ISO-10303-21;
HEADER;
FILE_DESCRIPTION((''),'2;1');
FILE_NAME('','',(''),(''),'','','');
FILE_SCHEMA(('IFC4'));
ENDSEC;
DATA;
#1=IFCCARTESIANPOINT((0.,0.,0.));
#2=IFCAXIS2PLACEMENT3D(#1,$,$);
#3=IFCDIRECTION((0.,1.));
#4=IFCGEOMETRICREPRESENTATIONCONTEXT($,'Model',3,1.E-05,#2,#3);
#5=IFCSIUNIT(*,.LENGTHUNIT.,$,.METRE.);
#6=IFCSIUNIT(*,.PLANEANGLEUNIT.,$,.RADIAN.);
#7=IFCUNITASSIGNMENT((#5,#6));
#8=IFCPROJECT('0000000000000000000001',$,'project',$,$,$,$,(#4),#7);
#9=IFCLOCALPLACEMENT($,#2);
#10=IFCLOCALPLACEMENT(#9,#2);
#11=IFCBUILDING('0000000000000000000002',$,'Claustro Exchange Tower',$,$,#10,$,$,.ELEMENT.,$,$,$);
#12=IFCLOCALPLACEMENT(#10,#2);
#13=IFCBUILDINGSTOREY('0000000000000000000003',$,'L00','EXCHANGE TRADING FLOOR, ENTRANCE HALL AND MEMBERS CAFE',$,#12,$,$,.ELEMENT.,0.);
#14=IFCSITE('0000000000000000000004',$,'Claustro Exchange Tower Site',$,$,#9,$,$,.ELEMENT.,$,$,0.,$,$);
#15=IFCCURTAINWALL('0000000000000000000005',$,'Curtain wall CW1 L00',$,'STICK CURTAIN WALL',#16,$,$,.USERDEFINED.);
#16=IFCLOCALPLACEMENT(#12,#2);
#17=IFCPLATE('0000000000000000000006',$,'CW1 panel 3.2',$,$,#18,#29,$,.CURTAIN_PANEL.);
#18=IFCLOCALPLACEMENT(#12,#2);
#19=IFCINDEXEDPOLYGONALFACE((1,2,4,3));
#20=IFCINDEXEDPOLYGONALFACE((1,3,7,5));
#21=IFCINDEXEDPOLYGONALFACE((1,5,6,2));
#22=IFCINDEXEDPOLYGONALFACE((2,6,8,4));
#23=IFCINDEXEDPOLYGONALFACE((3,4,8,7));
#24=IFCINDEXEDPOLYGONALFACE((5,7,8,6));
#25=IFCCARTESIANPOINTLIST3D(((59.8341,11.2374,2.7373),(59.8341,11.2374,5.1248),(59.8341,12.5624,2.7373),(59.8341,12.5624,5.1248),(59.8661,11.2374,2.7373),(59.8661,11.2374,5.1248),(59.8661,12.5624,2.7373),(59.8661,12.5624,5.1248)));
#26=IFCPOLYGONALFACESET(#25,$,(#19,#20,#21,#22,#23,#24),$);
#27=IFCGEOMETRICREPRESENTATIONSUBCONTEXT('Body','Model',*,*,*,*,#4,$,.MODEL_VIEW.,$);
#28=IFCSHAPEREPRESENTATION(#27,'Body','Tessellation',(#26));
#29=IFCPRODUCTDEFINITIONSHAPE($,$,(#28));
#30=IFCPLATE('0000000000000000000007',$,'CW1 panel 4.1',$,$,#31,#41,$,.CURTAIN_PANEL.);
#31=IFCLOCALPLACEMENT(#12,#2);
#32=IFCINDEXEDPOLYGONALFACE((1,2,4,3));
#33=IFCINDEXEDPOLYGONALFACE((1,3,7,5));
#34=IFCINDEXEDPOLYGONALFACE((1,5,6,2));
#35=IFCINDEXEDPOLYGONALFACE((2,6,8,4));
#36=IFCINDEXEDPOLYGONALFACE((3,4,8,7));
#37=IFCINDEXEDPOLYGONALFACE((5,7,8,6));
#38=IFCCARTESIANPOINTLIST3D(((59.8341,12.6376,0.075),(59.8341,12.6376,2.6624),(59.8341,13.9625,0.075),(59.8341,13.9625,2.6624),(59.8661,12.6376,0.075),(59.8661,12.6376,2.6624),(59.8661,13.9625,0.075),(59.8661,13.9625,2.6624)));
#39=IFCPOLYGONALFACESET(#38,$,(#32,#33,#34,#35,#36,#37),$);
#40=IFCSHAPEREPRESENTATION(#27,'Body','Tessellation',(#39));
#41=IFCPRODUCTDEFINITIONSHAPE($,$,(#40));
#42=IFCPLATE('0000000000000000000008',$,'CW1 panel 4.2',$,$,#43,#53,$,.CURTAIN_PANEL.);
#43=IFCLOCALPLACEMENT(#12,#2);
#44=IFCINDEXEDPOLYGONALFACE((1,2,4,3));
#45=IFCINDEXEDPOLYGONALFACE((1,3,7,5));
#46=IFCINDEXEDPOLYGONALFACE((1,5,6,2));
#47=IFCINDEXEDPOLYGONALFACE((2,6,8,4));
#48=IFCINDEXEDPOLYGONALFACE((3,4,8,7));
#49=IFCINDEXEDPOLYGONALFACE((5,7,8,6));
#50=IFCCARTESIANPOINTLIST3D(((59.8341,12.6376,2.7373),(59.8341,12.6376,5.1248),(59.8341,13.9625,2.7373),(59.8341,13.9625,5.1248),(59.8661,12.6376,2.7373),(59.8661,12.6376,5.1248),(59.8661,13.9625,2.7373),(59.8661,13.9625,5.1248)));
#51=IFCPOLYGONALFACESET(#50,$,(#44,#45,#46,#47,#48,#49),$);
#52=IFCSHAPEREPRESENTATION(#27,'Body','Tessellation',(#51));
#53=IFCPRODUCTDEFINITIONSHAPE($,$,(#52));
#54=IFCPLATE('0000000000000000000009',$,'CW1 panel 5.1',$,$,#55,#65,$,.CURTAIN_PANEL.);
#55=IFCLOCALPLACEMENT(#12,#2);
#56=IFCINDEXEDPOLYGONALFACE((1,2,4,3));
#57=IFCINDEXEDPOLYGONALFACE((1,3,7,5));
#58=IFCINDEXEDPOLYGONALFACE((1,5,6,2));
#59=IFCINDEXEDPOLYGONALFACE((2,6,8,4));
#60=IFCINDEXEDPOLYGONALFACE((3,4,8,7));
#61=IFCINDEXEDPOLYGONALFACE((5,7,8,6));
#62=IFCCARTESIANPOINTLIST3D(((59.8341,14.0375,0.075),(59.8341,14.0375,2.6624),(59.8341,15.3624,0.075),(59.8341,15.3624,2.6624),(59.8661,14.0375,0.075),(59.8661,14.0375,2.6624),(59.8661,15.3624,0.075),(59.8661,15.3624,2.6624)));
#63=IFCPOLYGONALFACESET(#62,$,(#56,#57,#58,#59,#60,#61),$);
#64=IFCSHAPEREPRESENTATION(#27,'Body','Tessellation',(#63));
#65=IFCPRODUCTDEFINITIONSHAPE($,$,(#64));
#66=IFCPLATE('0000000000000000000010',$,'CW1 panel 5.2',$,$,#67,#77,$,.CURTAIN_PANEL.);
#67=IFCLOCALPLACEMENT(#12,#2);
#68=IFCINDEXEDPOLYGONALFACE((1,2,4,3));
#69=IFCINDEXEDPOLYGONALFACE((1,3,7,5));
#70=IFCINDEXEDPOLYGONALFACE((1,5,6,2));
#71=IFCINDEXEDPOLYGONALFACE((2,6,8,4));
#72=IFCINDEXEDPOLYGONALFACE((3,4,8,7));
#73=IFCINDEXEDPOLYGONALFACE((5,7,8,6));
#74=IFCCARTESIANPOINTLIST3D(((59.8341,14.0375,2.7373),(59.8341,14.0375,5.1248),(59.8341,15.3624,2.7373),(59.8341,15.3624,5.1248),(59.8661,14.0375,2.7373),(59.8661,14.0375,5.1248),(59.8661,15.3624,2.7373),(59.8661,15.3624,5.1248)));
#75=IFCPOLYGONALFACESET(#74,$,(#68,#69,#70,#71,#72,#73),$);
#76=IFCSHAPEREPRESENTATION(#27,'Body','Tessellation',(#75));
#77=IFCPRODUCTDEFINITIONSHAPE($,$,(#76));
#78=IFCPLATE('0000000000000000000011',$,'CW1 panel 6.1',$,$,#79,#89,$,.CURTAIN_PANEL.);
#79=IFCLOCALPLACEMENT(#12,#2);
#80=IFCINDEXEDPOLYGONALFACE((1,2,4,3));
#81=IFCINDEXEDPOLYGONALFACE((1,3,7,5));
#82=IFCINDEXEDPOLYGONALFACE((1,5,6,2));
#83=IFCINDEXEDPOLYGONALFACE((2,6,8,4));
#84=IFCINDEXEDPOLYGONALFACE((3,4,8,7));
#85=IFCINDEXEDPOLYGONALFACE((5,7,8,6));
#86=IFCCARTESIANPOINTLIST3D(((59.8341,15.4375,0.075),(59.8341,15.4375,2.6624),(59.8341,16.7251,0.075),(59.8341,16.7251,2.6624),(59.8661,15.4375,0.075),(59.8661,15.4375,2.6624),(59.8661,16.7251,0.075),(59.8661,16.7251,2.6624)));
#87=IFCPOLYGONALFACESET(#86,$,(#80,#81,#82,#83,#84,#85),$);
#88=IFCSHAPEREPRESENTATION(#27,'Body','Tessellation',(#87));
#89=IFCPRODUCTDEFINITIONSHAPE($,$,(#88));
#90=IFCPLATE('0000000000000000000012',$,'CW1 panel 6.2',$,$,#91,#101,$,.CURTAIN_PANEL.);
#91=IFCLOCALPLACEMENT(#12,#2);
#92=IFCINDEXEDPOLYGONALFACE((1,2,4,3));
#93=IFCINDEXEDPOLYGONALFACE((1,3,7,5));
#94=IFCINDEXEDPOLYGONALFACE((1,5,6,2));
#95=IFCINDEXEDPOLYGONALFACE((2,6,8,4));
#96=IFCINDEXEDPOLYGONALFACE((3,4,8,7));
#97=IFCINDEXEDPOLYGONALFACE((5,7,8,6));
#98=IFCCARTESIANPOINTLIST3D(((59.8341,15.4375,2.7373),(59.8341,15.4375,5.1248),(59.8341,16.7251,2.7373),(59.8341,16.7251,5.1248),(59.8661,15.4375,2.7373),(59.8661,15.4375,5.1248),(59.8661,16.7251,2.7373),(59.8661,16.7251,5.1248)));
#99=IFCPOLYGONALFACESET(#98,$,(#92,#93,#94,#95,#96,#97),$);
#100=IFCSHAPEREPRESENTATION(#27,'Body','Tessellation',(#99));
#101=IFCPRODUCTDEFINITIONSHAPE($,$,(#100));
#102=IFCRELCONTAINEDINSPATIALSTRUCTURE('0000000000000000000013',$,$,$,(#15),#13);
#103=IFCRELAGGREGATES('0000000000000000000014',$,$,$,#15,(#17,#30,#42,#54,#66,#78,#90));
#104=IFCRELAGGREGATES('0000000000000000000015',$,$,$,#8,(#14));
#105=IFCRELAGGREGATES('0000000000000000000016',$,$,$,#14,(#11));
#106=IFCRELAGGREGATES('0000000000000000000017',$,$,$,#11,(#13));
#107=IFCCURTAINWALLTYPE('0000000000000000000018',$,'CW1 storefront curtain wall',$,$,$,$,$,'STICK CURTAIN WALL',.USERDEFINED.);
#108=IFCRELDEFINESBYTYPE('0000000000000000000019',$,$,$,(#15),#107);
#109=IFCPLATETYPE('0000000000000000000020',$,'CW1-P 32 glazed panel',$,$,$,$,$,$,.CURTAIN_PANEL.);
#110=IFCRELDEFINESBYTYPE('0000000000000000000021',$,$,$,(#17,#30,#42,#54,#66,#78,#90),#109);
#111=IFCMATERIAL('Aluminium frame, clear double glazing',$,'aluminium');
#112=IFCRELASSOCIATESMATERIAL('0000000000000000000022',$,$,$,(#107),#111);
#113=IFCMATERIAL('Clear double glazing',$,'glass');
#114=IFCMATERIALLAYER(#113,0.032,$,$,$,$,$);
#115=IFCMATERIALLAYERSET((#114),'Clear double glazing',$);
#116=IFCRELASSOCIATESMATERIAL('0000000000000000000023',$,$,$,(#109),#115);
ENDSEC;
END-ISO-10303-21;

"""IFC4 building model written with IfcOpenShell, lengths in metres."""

from ifc_helpers import new_model, si_unit, direction, frame, origin, origin_2d, place, context, subcontext, project, spatial, rectangle, extrude, material, layer, layer_set, type_object, element, aggregate, save


model = new_model("IFC4")

# Units and contexts
model_context = context("Model", 3, precision=1e-05, world=origin(), true_north=direction((0.0, 1.0)))
body_context = subcontext(model_context, "Body", "Model", "MODEL_VIEW")
ifc_project = project(units=[si_unit("LENGTHUNIT", "METRE"), si_unit("PLANEANGLEUNIT", "RADIAN")], contexts=[model_context])

# Site, building, storey
site_placement = place(None, origin())
site = spatial("IfcSite", under=ifc_project, at=site_placement, Name="Claustro Exchange Tower Site", CompositionType="ELEMENT", RefElevation=0.0)
building_placement = place(site_placement, origin())
building = spatial("IfcBuilding", under=site, at=building_placement, Name="Claustro Exchange Tower", CompositionType="ELEMENT")
storey_placement = place(building_placement, origin())
storey = spatial("IfcBuildingStorey", under=building, at=storey_placement, Name="L00", Description="EXCHANGE TRADING FLOOR, ENTRANCE HALL AND MEMBERS CAFE", CompositionType="ELEMENT", Elevation=0.0)

# Curtain wall, plates
ifc_material_1 = material(Name="Aluminium frame, clear double glazing", Category="aluminium")
curtain_wall_type = type_object("IfcCurtainWallType", Name="CW1 storefront curtain wall", ElementType="STICK CURTAIN WALL", PredefinedType="USERDEFINED", material=ifc_material_1)
curtain_wall_placement = place(storey_placement, origin())
curtain_wall = element("IfcCurtainWall", 1, at=curtain_wall_placement, inside=storey, type_object=curtain_wall_type, Name="Curtain wall CW1 L00", ObjectType="STICK CURTAIN WALL", PredefinedType="USERDEFINED")
ifc_material_2 = material(Name="Clear double glazing", Category="glass")
ifc_layer_1 = layer(ifc_material_2, 0.032)
ifc_layer_set_1 = layer_set([ifc_layer_1], Name="Clear double glazing")
plate_type = type_object("IfcPlateType", Name="CW1-P 32 glazed panel", PredefinedType="CURTAIN_PANEL", material=ifc_layer_set_1)
plate_1_placement = place(storey_placement, frame((59.8501, 11.8999, 2.7373), z_axis=(0.0, 0.0, 1.0), x_axis=(0.0, 1.0, 0.0)))
plate_1 = element("IfcPlate", 2, at=plate_1_placement, type_object=plate_type, Name="CW1 panel 3.2", PredefinedType="CURTAIN_PANEL", context=body_context, shape_type="SweptSolid", body=[
    extrude(rectangle(XDim=1.325, YDim=0.032, at=origin_2d()), origin(), (0.0, 0.0, 1.0), 2.3875),
])
plate_2_placement = place(storey_placement, frame((59.8501, 13.3, 0.075), z_axis=(0.0, 0.0, 1.0), x_axis=(0.0, 1.0, 0.0)))
plate_2 = element("IfcPlate", 3, at=plate_2_placement, type_object=plate_type, Name="CW1 panel 4.1", PredefinedType="CURTAIN_PANEL", context=body_context, shape_type="SweptSolid", body=[
    extrude(rectangle(XDim=1.325, YDim=0.032, at=origin_2d()), origin(), (0.0, 0.0, 1.0), 2.5874),
])
plate_3_placement = place(storey_placement, frame((59.8501, 13.3, 2.7373), z_axis=(0.0, 0.0, 1.0), x_axis=(0.0, 1.0, 0.0)))
plate_3 = element("IfcPlate", 4, at=plate_3_placement, type_object=plate_type, Name="CW1 panel 4.2", PredefinedType="CURTAIN_PANEL", context=body_context, shape_type="SweptSolid", body=[
    extrude(rectangle(XDim=1.325, YDim=0.032, at=origin_2d()), origin(), (0.0, 0.0, 1.0), 2.3875),
])
plate_4_placement = place(storey_placement, frame((59.8501, 14.7, 0.075), z_axis=(0.0, 0.0, 1.0), x_axis=(0.0, 1.0, 0.0)))
plate_4 = element("IfcPlate", 5, at=plate_4_placement, type_object=plate_type, Name="CW1 panel 5.1", PredefinedType="CURTAIN_PANEL", context=body_context, shape_type="SweptSolid", body=[
    extrude(rectangle(XDim=1.325, YDim=0.032, at=origin_2d()), origin(), (0.0, 0.0, 1.0), 2.5874),
])
plate_5_placement = place(storey_placement, frame((59.8501, 14.7, 2.7373), z_axis=(0.0, 0.0, 1.0), x_axis=(0.0, 1.0, 0.0)))
plate_5 = element("IfcPlate", 6, at=plate_5_placement, type_object=plate_type, Name="CW1 panel 5.2", PredefinedType="CURTAIN_PANEL", context=body_context, shape_type="SweptSolid", body=[
    extrude(rectangle(XDim=1.325, YDim=0.032, at=origin_2d()), origin(), (0.0, 0.0, 1.0), 2.3875),
])
plate_6_placement = place(storey_placement, frame((59.8501, 16.0813, 0.075), z_axis=(0.0, 0.0, 1.0), x_axis=(0.0, 1.0, 0.0)))
plate_6 = element("IfcPlate", 7, at=plate_6_placement, type_object=plate_type, Name="CW1 panel 6.1", PredefinedType="CURTAIN_PANEL", context=body_context, shape_type="SweptSolid", body=[
    extrude(rectangle(XDim=1.2876, YDim=0.032, at=origin_2d()), origin(), (0.0, 0.0, 1.0), 2.5874),
])
plate_7_placement = place(storey_placement, frame((59.8501, 16.0813, 2.7373), z_axis=(0.0, 0.0, 1.0), x_axis=(0.0, 1.0, 0.0)))
plate_7 = element("IfcPlate", 8, at=plate_7_placement, type_object=plate_type, Name="CW1 panel 6.2", PredefinedType="CURTAIN_PANEL", context=body_context, shape_type="SweptSolid", body=[
    extrude(rectangle(XDim=1.2876, YDim=0.032, at=origin_2d()), origin(), (0.0, 0.0, 1.0), 2.3875),
])
aggregate(curtain_wall, [plate_1, plate_2, plate_3, plate_4, plate_5, plate_6, plate_7])

save(model, "model.ifc")
